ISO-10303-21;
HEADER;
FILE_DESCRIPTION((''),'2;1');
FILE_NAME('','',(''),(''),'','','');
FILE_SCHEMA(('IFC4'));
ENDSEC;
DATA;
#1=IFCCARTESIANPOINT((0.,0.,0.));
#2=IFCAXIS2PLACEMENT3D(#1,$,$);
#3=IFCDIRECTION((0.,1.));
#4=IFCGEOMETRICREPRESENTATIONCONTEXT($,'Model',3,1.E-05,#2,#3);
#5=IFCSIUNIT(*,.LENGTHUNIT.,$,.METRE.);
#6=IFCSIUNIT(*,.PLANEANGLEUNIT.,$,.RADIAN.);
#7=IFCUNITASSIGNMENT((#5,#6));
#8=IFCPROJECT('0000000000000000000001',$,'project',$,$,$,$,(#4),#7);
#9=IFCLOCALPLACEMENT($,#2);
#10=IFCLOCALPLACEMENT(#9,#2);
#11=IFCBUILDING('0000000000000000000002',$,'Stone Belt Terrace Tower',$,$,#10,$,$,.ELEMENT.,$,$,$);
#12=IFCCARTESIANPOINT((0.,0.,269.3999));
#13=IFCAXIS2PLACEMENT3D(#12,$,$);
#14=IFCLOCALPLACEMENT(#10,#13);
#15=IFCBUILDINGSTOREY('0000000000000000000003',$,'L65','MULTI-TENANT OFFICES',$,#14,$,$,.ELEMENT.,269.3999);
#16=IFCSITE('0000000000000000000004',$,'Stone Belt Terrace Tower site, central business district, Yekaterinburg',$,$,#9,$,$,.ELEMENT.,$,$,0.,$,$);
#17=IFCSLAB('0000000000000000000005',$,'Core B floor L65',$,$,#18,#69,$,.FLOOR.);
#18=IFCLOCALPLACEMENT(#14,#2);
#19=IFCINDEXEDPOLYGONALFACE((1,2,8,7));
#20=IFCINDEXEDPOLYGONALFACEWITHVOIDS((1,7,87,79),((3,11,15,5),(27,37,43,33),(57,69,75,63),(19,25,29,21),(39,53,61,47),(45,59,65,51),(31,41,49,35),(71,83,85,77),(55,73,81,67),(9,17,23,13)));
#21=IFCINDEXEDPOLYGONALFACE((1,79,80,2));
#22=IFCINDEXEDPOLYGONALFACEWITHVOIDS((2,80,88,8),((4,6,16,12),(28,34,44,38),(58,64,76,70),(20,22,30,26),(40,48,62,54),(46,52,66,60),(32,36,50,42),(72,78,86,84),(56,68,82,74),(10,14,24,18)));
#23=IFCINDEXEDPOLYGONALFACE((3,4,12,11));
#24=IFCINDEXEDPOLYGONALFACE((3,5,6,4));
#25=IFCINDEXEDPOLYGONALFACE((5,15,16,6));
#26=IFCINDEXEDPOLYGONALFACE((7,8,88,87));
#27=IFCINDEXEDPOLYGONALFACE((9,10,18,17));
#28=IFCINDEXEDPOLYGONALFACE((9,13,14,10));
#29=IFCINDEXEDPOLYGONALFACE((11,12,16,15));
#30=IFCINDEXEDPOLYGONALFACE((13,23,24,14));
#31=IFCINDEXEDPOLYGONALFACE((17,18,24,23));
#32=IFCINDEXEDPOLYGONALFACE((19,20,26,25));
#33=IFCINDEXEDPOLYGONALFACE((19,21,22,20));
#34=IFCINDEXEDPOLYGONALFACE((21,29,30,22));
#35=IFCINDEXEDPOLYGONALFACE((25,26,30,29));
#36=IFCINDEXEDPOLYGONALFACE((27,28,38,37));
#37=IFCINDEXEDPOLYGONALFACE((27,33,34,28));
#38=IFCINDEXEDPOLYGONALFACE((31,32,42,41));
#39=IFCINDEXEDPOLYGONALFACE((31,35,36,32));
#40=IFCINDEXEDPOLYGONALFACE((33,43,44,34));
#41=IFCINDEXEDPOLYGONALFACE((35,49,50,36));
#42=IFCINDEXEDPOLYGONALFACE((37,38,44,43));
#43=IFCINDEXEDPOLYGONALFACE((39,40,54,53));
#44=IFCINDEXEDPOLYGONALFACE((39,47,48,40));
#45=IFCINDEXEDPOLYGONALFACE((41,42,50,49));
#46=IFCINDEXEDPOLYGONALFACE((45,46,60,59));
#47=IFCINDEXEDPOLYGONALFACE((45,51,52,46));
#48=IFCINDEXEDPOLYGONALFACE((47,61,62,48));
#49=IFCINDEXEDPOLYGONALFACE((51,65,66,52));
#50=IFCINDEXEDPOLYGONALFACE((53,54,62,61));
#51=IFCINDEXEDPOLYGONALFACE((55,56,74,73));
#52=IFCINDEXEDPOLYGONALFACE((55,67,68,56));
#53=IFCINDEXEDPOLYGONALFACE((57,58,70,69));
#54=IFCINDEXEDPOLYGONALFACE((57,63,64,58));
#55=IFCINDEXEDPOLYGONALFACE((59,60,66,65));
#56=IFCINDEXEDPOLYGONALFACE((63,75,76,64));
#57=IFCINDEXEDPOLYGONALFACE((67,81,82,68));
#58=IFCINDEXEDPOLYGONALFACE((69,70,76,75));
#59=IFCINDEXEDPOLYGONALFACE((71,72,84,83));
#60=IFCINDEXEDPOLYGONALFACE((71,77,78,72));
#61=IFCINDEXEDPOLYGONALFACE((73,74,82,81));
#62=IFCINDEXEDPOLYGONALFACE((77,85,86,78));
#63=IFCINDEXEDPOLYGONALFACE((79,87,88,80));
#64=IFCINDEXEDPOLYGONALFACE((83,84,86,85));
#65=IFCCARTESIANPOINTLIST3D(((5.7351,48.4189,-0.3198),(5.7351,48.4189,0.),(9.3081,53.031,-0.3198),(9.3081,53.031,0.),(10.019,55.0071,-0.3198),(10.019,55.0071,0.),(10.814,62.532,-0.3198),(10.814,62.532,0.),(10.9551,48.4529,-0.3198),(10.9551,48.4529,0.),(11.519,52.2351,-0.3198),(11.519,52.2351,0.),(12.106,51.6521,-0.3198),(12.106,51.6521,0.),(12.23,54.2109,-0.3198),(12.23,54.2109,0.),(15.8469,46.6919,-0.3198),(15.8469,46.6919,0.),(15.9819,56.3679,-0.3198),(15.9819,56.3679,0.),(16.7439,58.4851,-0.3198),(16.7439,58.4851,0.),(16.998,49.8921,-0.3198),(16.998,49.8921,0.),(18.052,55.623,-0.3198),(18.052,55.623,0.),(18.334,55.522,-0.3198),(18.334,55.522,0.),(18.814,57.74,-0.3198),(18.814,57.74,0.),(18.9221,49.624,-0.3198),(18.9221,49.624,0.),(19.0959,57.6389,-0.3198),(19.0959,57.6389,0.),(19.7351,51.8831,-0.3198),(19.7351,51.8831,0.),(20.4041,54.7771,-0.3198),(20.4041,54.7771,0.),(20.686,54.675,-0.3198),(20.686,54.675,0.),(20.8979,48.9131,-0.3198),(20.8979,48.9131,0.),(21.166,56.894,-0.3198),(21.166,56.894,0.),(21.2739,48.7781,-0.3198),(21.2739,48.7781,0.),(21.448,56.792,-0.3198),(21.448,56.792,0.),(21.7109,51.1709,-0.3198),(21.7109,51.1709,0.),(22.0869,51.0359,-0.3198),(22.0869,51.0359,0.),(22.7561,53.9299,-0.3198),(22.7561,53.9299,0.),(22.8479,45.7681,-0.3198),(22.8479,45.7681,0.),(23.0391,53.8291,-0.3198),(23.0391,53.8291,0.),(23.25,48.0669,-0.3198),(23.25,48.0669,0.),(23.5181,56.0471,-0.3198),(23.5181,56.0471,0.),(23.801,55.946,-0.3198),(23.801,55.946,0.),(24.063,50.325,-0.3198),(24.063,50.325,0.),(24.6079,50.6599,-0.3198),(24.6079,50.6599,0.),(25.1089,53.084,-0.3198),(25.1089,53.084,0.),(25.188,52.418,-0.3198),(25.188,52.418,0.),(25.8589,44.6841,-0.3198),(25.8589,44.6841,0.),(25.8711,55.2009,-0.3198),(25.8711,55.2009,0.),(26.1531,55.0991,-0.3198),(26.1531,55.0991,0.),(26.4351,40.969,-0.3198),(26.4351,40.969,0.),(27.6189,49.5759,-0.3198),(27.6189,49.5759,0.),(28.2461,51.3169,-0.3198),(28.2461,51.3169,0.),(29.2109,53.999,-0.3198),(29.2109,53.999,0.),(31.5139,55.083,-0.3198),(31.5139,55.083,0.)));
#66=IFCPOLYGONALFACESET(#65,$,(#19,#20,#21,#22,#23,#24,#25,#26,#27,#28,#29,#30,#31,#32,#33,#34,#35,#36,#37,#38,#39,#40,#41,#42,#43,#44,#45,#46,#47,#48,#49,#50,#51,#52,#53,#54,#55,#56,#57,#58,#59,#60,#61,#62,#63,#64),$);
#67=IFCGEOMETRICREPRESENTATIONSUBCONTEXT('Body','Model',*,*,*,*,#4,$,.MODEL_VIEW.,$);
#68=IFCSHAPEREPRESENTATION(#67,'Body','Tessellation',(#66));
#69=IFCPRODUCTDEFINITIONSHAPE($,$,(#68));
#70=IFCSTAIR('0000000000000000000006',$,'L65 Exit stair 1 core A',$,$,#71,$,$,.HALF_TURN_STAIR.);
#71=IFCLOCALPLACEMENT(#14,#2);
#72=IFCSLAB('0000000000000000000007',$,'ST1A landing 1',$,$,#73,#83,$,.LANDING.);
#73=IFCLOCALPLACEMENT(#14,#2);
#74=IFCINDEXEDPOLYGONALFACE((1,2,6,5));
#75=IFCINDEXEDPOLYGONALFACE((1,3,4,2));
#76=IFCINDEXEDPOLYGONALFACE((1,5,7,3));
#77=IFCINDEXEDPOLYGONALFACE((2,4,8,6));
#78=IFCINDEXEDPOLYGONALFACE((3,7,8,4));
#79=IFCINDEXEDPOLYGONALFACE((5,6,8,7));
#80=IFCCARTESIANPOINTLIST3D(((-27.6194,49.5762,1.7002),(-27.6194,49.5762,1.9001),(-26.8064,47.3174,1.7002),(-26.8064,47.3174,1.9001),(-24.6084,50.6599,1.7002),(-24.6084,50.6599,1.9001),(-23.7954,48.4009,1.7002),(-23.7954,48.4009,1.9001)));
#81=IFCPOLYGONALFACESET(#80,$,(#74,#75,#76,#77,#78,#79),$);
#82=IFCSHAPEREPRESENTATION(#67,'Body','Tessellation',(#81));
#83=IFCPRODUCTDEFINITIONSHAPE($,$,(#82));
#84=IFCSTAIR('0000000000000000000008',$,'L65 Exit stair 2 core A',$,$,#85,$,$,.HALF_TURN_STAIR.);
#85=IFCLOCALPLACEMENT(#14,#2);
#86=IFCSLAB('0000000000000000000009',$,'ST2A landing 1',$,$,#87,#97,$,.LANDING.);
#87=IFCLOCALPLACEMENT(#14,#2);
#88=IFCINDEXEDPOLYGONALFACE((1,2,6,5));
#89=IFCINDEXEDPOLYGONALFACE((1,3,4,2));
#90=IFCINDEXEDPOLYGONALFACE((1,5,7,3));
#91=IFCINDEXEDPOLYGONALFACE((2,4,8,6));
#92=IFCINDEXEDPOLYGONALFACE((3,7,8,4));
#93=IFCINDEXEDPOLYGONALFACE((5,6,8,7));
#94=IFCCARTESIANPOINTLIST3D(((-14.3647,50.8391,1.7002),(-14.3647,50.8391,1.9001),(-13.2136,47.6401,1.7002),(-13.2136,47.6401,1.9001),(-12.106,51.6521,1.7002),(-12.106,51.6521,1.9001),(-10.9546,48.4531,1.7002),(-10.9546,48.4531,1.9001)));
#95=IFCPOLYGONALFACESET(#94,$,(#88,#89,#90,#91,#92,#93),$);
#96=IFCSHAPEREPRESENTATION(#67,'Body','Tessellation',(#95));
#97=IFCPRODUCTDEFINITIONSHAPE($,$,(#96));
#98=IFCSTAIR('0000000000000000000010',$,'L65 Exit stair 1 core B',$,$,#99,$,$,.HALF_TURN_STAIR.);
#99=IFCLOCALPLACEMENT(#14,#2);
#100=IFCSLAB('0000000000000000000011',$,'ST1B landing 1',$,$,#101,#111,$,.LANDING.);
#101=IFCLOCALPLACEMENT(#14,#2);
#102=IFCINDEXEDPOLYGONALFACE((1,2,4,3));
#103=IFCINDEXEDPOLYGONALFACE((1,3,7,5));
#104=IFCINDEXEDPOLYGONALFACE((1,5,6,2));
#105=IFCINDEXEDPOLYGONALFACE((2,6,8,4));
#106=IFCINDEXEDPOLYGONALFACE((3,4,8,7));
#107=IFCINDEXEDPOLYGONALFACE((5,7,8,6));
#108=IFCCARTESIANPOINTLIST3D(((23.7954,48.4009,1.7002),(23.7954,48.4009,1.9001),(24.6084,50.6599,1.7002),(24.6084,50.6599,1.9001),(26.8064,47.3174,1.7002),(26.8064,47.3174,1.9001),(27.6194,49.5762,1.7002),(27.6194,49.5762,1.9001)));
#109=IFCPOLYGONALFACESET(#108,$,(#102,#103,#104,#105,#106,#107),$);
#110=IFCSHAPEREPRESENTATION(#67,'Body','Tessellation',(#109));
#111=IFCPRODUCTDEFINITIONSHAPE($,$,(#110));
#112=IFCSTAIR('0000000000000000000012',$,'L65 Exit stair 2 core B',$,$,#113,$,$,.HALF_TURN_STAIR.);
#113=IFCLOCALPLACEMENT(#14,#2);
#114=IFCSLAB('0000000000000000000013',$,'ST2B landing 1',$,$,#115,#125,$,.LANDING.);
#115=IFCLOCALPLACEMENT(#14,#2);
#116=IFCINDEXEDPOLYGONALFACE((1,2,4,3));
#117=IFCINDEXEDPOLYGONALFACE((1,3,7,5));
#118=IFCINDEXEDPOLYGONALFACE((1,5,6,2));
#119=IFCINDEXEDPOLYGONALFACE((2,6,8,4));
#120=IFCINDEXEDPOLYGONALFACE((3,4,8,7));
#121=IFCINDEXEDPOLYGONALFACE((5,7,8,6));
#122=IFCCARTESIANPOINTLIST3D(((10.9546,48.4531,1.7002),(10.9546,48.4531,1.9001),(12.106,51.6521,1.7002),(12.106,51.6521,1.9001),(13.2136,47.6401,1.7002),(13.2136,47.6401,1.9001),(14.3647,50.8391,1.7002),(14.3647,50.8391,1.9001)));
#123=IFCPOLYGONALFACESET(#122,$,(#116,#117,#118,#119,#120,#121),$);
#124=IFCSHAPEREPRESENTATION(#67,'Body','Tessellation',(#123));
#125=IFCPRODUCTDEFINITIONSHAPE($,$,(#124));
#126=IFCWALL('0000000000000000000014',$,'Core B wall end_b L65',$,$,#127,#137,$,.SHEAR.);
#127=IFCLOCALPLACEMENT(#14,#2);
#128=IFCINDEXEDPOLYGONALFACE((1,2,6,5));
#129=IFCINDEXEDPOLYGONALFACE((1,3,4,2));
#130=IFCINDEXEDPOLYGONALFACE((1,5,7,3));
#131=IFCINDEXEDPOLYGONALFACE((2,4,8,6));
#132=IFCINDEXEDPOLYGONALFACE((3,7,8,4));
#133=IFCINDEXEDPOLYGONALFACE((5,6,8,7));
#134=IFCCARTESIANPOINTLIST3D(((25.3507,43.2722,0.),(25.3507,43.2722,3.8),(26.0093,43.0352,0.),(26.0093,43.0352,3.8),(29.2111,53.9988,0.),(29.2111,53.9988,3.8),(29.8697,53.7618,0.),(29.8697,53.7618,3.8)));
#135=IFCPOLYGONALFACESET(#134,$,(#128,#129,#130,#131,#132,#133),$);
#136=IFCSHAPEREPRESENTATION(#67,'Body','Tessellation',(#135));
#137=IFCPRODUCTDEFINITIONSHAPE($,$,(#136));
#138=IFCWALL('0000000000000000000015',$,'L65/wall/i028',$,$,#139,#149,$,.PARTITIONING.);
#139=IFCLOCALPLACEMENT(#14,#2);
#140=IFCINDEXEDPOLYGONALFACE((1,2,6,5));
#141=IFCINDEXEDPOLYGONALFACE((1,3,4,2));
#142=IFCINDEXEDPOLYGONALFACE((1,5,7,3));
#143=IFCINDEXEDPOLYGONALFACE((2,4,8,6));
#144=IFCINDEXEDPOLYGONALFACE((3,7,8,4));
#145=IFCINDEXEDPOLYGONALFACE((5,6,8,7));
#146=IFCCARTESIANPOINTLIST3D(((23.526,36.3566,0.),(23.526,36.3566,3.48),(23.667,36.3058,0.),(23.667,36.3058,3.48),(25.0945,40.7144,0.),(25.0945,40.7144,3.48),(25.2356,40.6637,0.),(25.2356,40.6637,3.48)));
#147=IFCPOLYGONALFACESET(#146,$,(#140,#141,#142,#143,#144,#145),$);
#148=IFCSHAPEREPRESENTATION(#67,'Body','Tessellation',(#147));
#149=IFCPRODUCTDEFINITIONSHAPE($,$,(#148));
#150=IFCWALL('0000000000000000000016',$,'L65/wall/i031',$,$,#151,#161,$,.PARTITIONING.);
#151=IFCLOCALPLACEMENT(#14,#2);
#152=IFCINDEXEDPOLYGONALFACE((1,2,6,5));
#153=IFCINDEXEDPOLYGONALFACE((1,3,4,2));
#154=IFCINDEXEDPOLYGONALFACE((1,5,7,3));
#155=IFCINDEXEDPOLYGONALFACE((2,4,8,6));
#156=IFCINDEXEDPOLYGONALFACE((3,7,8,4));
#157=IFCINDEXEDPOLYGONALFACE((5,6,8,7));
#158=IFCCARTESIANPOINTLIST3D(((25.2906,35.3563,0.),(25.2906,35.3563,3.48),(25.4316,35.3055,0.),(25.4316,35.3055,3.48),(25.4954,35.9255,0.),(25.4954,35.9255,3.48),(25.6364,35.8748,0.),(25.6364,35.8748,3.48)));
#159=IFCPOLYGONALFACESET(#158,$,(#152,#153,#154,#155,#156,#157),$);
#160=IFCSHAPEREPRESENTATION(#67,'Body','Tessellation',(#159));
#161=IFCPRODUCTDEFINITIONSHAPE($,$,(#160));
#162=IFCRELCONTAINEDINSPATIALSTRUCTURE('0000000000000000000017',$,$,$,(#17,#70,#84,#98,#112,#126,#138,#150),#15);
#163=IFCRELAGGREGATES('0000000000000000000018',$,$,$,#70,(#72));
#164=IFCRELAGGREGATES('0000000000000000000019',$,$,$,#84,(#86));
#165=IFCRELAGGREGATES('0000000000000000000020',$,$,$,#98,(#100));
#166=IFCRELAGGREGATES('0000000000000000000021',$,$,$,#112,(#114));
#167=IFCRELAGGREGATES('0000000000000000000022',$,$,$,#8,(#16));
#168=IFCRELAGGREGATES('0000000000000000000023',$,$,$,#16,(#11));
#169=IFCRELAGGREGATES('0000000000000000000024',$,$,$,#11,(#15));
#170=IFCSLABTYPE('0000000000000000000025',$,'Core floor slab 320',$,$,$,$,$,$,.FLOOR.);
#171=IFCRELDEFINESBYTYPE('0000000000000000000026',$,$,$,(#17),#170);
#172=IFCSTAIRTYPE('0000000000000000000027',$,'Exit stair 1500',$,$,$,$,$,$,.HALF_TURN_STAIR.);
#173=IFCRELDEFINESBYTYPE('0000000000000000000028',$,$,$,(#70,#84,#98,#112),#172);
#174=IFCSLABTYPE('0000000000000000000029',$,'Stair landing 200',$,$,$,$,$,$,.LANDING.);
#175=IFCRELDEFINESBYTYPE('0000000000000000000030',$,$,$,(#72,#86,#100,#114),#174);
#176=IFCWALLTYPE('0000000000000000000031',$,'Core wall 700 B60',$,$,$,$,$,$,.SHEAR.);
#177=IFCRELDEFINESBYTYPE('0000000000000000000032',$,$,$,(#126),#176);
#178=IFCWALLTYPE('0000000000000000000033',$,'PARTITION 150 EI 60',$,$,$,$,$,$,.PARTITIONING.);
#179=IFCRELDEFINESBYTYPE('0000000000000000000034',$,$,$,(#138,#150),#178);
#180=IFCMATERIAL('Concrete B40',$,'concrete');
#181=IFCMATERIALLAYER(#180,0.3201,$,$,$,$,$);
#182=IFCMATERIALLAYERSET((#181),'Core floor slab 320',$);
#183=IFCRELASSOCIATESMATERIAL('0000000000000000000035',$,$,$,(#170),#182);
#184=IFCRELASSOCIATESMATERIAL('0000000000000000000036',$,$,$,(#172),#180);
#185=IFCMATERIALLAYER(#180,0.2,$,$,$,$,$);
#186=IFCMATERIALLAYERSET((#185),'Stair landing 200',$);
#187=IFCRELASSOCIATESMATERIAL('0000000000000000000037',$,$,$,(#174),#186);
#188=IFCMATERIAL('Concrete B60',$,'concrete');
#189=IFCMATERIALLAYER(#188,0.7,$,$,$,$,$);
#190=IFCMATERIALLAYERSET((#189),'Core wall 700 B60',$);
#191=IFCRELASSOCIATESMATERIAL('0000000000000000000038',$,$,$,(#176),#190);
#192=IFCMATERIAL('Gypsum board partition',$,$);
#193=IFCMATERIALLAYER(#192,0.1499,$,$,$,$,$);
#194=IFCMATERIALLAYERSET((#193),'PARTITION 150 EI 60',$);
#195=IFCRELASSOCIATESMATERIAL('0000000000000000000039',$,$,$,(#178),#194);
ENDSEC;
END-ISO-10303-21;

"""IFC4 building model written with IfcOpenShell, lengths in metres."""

from ifc_helpers import new_model, si_unit, direction, frame, frame_2d, origin, place, context, subcontext, project, spatial, polyline, rectangle, outline, extrude, material, layer, layer_set, type_object, element, aggregate, save


model = new_model("IFC4")

# Units and contexts
model_context = context("Model", 3, precision=1e-05, world=origin(), true_north=direction((0.0, 1.0)))
body_context = subcontext(model_context, "Body", "Model", "MODEL_VIEW")
ifc_project = project(units=[si_unit("LENGTHUNIT", "METRE"), si_unit("PLANEANGLEUNIT", "RADIAN")], contexts=[model_context])

# Site, building, storey
site_placement = place(None, origin())
site = spatial("IfcSite", under=ifc_project, at=site_placement, Name="Stone Belt Terrace Tower site, central business district, Yekaterinburg", CompositionType="ELEMENT", RefElevation=0.0)
building_placement = place(site_placement, origin())
building = spatial("IfcBuilding", under=site, at=building_placement, Name="Stone Belt Terrace Tower", CompositionType="ELEMENT")
storey_placement = place(building_placement, frame((0.0, 0.0, 269.3999)))
storey = spatial("IfcBuildingStorey", under=building, at=storey_placement, Name="L65", Description="MULTI-TENANT OFFICES", CompositionType="ELEMENT", Elevation=269.3999)

# Shared definitions
ifc_material_1 = material(Name="Concrete B60", Category="concrete")

# Slab
ifc_material_2 = material(Name="Concrete B40", Category="concrete")
ifc_layer_1 = layer(ifc_material_2, 0.3201)
ifc_layer_set_1 = layer_set([ifc_layer_1], Name="Core floor slab 320")
slab_type_1 = type_object("IfcSlabType", Name="Core floor slab 320", PredefinedType="FLOOR", material=ifc_layer_set_1)
slab_1_placement = place(storey_placement, frame((0.0, 0.0, -0.3198)))
element("IfcSlab", 1, at=slab_1_placement, inside=storey, type_object=slab_type_1, Name="Core B floor L65", PredefinedType="FLOOR", context=body_context, shape_type="SweptSolid", body=[
    extrude(outline(polyline([(26.4351, 40.969), (31.5139, 55.083), (10.814, 62.532), (5.7351, 48.4189), (26.4351, 40.969)]), holes=[polyline([(27.6189, 49.5759), (25.8589, 44.6841), (22.8479, 45.7681), (24.6079, 50.6599), (27.6189, 49.5759)]), polyline([(12.106, 51.6521), (16.998, 49.8921), (15.8469, 46.6919), (10.9551, 48.4529), (12.106, 51.6521)]), polyline([(23.25, 48.0669), (21.2739, 48.7781), (22.0869, 51.0359), (24.063, 50.325), (23.25, 48.0669)]), polyline([(18.9221, 49.624), (19.7351, 51.8831), (21.7109, 51.1709), (20.8979, 48.9131), (18.9221, 49.624)]), polyline([(29.2109, 53.999), (28.2461, 51.3169), (25.188, 52.418), (26.1531, 55.0991), (29.2109, 53.999)]), polyline([(11.519, 52.2351), (9.3081, 53.031), (10.019, 55.0071), (12.23, 54.2109), (11.519, 52.2351)]), polyline([(23.0391, 53.8291), (23.801, 55.946), (25.8711, 55.2009), (25.1089, 53.084), (23.0391, 53.8291)]), polyline([(20.686, 54.675), (21.448, 56.792), (23.5181, 56.0471), (22.7561, 53.9299), (20.686, 54.675)]), polyline([(19.0959, 57.6389), (21.166, 56.894), (20.4041, 54.7771), (18.334, 55.522), (19.0959, 57.6389)]), polyline([(16.7439, 58.4851), (18.814, 57.74), (18.052, 55.623), (15.9819, 56.3679), (16.7439, 58.4851)])]), origin(), (0.0, 0.0, 1.0), 0.3198),
])

# Stairs, slabs
stair_type = type_object("IfcStairType", Name="Exit stair 1500", PredefinedType="HALF_TURN_STAIR", material=ifc_material_2)
stair_1_placement = place(storey_placement, origin())
stair_1 = element("IfcStair", 2, at=stair_1_placement, inside=storey, type_object=stair_type, Name="L65 Exit stair 1 core A", PredefinedType="HALF_TURN_STAIR")
ifc_layer_2 = layer(ifc_material_2, 0.2)
ifc_layer_set_2 = layer_set([ifc_layer_2], Name="Stair landing 200")
slab_type_2 = type_object("IfcSlabType", Name="Stair landing 200", PredefinedType="LANDING", material=ifc_layer_set_2)
slab_2_placement = place(storey_placement, frame((0.0, 0.0, 1.7002)))
slab_2 = element("IfcSlab", 3, at=slab_2_placement, type_object=slab_type_2, Name="ST1A landing 1", PredefinedType="LANDING", context=body_context, shape_type="SweptSolid", body=[
    extrude(outline(polyline([(-23.7954, 48.4009), (-24.6084, 50.6599), (-27.6194, 49.5762), (-26.8064, 47.3174), (-23.7954, 48.4009)])), origin(), (0.0, 0.0, 1.0), 0.2),
])
aggregate(stair_1, [slab_2])
stair_2_placement = place(storey_placement, origin())
stair_2 = element("IfcStair", 4, at=stair_2_placement, inside=storey, type_object=stair_type, Name="L65 Exit stair 2 core A", PredefinedType="HALF_TURN_STAIR")
slab_3_placement = place(storey_placement, frame((0.0, 0.0, 1.7002)))
slab_3 = element("IfcSlab", 5, at=slab_3_placement, type_object=slab_type_2, Name="ST2A landing 1", PredefinedType="LANDING", context=body_context, shape_type="SweptSolid", body=[
    extrude(outline(polyline([(-13.2136, 47.6401), (-10.9546, 48.4531), (-12.106, 51.6521), (-14.3647, 50.8391), (-13.2136, 47.6401)])), origin(), (0.0, 0.0, 1.0), 0.2),
])
aggregate(stair_2, [slab_3])
stair_3_placement = place(storey_placement, origin())
stair_3 = element("IfcStair", 6, at=stair_3_placement, inside=storey, type_object=stair_type, Name="L65 Exit stair 1 core B", PredefinedType="HALF_TURN_STAIR")
slab_4_placement = place(storey_placement, frame((0.0, 0.0, 1.7002)))
slab_4 = element("IfcSlab", 7, at=slab_4_placement, type_object=slab_type_2, Name="ST1B landing 1", PredefinedType="LANDING", context=body_context, shape_type="SweptSolid", body=[
    extrude(outline(polyline([(26.8064, 47.3174), (27.6194, 49.5762), (24.6084, 50.6599), (23.7954, 48.4009), (26.8064, 47.3174)])), origin(), (0.0, 0.0, 1.0), 0.2),
])
aggregate(stair_3, [slab_4])
stair_4_placement = place(storey_placement, origin())
stair_4 = element("IfcStair", 8, at=stair_4_placement, inside=storey, type_object=stair_type, Name="L65 Exit stair 2 core B", PredefinedType="HALF_TURN_STAIR")
slab_5_placement = place(storey_placement, frame((0.0, 0.0, 1.7002)))
slab_5 = element("IfcSlab", 9, at=slab_5_placement, type_object=slab_type_2, Name="ST2B landing 1", PredefinedType="LANDING", context=body_context, shape_type="SweptSolid", body=[
    extrude(outline(polyline([(14.3647, 50.8391), (12.106, 51.6521), (10.9546, 48.4531), (13.2136, 47.6401), (14.3647, 50.8391)])), origin(), (0.0, 0.0, 1.0), 0.2),
])
aggregate(stair_4, [slab_5])

# Walls
ifc_layer_3 = layer(ifc_material_1, 0.7)
ifc_layer_set_3 = layer_set([ifc_layer_3], Name="Core wall 700 B60")
wall_type_1 = type_object("IfcWallType", Name="Core wall 700 B60", PredefinedType="SHEAR", material=ifc_layer_set_3)
wall_1_placement = place(storey_placement, frame((25.6799, 43.1536, 0.0), z_axis=(0.0, 0.0, 1.0), x_axis=(0.338625, 0.940921, 0.0)))
element("IfcWall", 10, at=wall_1_placement, inside=storey, type_object=wall_type_1, Name="Core B wall end_b L65", PredefinedType="SHEAR", context=body_context, shape_type="SweptSolid", body=[
    extrude(rectangle(XDim=11.4001, YDim=0.7, at=frame_2d((5.7002, 0.0))), origin(), (0.0, 0.0, 1.0), 3.8),
])
ifc_material_3 = material(Name="Gypsum board partition")
ifc_layer_4 = layer(ifc_material_3, 0.1499)
ifc_layer_set_4 = layer_set([ifc_layer_4], Name="PARTITION 150 EI 60")
wall_type_2 = type_object("IfcWallType", Name="PARTITION 150 EI 60", PredefinedType="PARTITIONING", material=ifc_layer_set_4)
wall_2_placement = place(storey_placement, frame((23.5964, 36.3311, 0.0), z_axis=(0.0, 0.0, 1.0), x_axis=(0.338673, 0.940904, 0.0)))
element("IfcWall", 11, at=wall_2_placement, inside=storey, type_object=wall_type_2, Name="L65/wall/i028", PredefinedType="PARTITIONING", context=body_context, shape_type="SweptSolid", body=[
    extrude(rectangle(XDim=4.6316, YDim=0.1499, at=frame_2d((2.3159, 0.0))), origin(), (0.0, 0.0, 1.0), 3.48),
])
wall_3_placement = place(storey_placement, frame((25.5659, 35.9001, 0.0), z_axis=(0.0, 0.0, 1.0), x_axis=(-0.338534, -0.940954, 0.0)))
element("IfcWall", 12, at=wall_3_placement, inside=storey, type_object=wall_type_2, Name="L65/wall/i031", PredefinedType="PARTITIONING", context=body_context, shape_type="SweptSolid", body=[
    extrude(rectangle(XDim=0.605, YDim=0.1499, at=frame_2d((0.3025, 0.0))), origin(), (0.0, 0.0, 1.0), 3.48),
])

save(model, "model.ifc")
